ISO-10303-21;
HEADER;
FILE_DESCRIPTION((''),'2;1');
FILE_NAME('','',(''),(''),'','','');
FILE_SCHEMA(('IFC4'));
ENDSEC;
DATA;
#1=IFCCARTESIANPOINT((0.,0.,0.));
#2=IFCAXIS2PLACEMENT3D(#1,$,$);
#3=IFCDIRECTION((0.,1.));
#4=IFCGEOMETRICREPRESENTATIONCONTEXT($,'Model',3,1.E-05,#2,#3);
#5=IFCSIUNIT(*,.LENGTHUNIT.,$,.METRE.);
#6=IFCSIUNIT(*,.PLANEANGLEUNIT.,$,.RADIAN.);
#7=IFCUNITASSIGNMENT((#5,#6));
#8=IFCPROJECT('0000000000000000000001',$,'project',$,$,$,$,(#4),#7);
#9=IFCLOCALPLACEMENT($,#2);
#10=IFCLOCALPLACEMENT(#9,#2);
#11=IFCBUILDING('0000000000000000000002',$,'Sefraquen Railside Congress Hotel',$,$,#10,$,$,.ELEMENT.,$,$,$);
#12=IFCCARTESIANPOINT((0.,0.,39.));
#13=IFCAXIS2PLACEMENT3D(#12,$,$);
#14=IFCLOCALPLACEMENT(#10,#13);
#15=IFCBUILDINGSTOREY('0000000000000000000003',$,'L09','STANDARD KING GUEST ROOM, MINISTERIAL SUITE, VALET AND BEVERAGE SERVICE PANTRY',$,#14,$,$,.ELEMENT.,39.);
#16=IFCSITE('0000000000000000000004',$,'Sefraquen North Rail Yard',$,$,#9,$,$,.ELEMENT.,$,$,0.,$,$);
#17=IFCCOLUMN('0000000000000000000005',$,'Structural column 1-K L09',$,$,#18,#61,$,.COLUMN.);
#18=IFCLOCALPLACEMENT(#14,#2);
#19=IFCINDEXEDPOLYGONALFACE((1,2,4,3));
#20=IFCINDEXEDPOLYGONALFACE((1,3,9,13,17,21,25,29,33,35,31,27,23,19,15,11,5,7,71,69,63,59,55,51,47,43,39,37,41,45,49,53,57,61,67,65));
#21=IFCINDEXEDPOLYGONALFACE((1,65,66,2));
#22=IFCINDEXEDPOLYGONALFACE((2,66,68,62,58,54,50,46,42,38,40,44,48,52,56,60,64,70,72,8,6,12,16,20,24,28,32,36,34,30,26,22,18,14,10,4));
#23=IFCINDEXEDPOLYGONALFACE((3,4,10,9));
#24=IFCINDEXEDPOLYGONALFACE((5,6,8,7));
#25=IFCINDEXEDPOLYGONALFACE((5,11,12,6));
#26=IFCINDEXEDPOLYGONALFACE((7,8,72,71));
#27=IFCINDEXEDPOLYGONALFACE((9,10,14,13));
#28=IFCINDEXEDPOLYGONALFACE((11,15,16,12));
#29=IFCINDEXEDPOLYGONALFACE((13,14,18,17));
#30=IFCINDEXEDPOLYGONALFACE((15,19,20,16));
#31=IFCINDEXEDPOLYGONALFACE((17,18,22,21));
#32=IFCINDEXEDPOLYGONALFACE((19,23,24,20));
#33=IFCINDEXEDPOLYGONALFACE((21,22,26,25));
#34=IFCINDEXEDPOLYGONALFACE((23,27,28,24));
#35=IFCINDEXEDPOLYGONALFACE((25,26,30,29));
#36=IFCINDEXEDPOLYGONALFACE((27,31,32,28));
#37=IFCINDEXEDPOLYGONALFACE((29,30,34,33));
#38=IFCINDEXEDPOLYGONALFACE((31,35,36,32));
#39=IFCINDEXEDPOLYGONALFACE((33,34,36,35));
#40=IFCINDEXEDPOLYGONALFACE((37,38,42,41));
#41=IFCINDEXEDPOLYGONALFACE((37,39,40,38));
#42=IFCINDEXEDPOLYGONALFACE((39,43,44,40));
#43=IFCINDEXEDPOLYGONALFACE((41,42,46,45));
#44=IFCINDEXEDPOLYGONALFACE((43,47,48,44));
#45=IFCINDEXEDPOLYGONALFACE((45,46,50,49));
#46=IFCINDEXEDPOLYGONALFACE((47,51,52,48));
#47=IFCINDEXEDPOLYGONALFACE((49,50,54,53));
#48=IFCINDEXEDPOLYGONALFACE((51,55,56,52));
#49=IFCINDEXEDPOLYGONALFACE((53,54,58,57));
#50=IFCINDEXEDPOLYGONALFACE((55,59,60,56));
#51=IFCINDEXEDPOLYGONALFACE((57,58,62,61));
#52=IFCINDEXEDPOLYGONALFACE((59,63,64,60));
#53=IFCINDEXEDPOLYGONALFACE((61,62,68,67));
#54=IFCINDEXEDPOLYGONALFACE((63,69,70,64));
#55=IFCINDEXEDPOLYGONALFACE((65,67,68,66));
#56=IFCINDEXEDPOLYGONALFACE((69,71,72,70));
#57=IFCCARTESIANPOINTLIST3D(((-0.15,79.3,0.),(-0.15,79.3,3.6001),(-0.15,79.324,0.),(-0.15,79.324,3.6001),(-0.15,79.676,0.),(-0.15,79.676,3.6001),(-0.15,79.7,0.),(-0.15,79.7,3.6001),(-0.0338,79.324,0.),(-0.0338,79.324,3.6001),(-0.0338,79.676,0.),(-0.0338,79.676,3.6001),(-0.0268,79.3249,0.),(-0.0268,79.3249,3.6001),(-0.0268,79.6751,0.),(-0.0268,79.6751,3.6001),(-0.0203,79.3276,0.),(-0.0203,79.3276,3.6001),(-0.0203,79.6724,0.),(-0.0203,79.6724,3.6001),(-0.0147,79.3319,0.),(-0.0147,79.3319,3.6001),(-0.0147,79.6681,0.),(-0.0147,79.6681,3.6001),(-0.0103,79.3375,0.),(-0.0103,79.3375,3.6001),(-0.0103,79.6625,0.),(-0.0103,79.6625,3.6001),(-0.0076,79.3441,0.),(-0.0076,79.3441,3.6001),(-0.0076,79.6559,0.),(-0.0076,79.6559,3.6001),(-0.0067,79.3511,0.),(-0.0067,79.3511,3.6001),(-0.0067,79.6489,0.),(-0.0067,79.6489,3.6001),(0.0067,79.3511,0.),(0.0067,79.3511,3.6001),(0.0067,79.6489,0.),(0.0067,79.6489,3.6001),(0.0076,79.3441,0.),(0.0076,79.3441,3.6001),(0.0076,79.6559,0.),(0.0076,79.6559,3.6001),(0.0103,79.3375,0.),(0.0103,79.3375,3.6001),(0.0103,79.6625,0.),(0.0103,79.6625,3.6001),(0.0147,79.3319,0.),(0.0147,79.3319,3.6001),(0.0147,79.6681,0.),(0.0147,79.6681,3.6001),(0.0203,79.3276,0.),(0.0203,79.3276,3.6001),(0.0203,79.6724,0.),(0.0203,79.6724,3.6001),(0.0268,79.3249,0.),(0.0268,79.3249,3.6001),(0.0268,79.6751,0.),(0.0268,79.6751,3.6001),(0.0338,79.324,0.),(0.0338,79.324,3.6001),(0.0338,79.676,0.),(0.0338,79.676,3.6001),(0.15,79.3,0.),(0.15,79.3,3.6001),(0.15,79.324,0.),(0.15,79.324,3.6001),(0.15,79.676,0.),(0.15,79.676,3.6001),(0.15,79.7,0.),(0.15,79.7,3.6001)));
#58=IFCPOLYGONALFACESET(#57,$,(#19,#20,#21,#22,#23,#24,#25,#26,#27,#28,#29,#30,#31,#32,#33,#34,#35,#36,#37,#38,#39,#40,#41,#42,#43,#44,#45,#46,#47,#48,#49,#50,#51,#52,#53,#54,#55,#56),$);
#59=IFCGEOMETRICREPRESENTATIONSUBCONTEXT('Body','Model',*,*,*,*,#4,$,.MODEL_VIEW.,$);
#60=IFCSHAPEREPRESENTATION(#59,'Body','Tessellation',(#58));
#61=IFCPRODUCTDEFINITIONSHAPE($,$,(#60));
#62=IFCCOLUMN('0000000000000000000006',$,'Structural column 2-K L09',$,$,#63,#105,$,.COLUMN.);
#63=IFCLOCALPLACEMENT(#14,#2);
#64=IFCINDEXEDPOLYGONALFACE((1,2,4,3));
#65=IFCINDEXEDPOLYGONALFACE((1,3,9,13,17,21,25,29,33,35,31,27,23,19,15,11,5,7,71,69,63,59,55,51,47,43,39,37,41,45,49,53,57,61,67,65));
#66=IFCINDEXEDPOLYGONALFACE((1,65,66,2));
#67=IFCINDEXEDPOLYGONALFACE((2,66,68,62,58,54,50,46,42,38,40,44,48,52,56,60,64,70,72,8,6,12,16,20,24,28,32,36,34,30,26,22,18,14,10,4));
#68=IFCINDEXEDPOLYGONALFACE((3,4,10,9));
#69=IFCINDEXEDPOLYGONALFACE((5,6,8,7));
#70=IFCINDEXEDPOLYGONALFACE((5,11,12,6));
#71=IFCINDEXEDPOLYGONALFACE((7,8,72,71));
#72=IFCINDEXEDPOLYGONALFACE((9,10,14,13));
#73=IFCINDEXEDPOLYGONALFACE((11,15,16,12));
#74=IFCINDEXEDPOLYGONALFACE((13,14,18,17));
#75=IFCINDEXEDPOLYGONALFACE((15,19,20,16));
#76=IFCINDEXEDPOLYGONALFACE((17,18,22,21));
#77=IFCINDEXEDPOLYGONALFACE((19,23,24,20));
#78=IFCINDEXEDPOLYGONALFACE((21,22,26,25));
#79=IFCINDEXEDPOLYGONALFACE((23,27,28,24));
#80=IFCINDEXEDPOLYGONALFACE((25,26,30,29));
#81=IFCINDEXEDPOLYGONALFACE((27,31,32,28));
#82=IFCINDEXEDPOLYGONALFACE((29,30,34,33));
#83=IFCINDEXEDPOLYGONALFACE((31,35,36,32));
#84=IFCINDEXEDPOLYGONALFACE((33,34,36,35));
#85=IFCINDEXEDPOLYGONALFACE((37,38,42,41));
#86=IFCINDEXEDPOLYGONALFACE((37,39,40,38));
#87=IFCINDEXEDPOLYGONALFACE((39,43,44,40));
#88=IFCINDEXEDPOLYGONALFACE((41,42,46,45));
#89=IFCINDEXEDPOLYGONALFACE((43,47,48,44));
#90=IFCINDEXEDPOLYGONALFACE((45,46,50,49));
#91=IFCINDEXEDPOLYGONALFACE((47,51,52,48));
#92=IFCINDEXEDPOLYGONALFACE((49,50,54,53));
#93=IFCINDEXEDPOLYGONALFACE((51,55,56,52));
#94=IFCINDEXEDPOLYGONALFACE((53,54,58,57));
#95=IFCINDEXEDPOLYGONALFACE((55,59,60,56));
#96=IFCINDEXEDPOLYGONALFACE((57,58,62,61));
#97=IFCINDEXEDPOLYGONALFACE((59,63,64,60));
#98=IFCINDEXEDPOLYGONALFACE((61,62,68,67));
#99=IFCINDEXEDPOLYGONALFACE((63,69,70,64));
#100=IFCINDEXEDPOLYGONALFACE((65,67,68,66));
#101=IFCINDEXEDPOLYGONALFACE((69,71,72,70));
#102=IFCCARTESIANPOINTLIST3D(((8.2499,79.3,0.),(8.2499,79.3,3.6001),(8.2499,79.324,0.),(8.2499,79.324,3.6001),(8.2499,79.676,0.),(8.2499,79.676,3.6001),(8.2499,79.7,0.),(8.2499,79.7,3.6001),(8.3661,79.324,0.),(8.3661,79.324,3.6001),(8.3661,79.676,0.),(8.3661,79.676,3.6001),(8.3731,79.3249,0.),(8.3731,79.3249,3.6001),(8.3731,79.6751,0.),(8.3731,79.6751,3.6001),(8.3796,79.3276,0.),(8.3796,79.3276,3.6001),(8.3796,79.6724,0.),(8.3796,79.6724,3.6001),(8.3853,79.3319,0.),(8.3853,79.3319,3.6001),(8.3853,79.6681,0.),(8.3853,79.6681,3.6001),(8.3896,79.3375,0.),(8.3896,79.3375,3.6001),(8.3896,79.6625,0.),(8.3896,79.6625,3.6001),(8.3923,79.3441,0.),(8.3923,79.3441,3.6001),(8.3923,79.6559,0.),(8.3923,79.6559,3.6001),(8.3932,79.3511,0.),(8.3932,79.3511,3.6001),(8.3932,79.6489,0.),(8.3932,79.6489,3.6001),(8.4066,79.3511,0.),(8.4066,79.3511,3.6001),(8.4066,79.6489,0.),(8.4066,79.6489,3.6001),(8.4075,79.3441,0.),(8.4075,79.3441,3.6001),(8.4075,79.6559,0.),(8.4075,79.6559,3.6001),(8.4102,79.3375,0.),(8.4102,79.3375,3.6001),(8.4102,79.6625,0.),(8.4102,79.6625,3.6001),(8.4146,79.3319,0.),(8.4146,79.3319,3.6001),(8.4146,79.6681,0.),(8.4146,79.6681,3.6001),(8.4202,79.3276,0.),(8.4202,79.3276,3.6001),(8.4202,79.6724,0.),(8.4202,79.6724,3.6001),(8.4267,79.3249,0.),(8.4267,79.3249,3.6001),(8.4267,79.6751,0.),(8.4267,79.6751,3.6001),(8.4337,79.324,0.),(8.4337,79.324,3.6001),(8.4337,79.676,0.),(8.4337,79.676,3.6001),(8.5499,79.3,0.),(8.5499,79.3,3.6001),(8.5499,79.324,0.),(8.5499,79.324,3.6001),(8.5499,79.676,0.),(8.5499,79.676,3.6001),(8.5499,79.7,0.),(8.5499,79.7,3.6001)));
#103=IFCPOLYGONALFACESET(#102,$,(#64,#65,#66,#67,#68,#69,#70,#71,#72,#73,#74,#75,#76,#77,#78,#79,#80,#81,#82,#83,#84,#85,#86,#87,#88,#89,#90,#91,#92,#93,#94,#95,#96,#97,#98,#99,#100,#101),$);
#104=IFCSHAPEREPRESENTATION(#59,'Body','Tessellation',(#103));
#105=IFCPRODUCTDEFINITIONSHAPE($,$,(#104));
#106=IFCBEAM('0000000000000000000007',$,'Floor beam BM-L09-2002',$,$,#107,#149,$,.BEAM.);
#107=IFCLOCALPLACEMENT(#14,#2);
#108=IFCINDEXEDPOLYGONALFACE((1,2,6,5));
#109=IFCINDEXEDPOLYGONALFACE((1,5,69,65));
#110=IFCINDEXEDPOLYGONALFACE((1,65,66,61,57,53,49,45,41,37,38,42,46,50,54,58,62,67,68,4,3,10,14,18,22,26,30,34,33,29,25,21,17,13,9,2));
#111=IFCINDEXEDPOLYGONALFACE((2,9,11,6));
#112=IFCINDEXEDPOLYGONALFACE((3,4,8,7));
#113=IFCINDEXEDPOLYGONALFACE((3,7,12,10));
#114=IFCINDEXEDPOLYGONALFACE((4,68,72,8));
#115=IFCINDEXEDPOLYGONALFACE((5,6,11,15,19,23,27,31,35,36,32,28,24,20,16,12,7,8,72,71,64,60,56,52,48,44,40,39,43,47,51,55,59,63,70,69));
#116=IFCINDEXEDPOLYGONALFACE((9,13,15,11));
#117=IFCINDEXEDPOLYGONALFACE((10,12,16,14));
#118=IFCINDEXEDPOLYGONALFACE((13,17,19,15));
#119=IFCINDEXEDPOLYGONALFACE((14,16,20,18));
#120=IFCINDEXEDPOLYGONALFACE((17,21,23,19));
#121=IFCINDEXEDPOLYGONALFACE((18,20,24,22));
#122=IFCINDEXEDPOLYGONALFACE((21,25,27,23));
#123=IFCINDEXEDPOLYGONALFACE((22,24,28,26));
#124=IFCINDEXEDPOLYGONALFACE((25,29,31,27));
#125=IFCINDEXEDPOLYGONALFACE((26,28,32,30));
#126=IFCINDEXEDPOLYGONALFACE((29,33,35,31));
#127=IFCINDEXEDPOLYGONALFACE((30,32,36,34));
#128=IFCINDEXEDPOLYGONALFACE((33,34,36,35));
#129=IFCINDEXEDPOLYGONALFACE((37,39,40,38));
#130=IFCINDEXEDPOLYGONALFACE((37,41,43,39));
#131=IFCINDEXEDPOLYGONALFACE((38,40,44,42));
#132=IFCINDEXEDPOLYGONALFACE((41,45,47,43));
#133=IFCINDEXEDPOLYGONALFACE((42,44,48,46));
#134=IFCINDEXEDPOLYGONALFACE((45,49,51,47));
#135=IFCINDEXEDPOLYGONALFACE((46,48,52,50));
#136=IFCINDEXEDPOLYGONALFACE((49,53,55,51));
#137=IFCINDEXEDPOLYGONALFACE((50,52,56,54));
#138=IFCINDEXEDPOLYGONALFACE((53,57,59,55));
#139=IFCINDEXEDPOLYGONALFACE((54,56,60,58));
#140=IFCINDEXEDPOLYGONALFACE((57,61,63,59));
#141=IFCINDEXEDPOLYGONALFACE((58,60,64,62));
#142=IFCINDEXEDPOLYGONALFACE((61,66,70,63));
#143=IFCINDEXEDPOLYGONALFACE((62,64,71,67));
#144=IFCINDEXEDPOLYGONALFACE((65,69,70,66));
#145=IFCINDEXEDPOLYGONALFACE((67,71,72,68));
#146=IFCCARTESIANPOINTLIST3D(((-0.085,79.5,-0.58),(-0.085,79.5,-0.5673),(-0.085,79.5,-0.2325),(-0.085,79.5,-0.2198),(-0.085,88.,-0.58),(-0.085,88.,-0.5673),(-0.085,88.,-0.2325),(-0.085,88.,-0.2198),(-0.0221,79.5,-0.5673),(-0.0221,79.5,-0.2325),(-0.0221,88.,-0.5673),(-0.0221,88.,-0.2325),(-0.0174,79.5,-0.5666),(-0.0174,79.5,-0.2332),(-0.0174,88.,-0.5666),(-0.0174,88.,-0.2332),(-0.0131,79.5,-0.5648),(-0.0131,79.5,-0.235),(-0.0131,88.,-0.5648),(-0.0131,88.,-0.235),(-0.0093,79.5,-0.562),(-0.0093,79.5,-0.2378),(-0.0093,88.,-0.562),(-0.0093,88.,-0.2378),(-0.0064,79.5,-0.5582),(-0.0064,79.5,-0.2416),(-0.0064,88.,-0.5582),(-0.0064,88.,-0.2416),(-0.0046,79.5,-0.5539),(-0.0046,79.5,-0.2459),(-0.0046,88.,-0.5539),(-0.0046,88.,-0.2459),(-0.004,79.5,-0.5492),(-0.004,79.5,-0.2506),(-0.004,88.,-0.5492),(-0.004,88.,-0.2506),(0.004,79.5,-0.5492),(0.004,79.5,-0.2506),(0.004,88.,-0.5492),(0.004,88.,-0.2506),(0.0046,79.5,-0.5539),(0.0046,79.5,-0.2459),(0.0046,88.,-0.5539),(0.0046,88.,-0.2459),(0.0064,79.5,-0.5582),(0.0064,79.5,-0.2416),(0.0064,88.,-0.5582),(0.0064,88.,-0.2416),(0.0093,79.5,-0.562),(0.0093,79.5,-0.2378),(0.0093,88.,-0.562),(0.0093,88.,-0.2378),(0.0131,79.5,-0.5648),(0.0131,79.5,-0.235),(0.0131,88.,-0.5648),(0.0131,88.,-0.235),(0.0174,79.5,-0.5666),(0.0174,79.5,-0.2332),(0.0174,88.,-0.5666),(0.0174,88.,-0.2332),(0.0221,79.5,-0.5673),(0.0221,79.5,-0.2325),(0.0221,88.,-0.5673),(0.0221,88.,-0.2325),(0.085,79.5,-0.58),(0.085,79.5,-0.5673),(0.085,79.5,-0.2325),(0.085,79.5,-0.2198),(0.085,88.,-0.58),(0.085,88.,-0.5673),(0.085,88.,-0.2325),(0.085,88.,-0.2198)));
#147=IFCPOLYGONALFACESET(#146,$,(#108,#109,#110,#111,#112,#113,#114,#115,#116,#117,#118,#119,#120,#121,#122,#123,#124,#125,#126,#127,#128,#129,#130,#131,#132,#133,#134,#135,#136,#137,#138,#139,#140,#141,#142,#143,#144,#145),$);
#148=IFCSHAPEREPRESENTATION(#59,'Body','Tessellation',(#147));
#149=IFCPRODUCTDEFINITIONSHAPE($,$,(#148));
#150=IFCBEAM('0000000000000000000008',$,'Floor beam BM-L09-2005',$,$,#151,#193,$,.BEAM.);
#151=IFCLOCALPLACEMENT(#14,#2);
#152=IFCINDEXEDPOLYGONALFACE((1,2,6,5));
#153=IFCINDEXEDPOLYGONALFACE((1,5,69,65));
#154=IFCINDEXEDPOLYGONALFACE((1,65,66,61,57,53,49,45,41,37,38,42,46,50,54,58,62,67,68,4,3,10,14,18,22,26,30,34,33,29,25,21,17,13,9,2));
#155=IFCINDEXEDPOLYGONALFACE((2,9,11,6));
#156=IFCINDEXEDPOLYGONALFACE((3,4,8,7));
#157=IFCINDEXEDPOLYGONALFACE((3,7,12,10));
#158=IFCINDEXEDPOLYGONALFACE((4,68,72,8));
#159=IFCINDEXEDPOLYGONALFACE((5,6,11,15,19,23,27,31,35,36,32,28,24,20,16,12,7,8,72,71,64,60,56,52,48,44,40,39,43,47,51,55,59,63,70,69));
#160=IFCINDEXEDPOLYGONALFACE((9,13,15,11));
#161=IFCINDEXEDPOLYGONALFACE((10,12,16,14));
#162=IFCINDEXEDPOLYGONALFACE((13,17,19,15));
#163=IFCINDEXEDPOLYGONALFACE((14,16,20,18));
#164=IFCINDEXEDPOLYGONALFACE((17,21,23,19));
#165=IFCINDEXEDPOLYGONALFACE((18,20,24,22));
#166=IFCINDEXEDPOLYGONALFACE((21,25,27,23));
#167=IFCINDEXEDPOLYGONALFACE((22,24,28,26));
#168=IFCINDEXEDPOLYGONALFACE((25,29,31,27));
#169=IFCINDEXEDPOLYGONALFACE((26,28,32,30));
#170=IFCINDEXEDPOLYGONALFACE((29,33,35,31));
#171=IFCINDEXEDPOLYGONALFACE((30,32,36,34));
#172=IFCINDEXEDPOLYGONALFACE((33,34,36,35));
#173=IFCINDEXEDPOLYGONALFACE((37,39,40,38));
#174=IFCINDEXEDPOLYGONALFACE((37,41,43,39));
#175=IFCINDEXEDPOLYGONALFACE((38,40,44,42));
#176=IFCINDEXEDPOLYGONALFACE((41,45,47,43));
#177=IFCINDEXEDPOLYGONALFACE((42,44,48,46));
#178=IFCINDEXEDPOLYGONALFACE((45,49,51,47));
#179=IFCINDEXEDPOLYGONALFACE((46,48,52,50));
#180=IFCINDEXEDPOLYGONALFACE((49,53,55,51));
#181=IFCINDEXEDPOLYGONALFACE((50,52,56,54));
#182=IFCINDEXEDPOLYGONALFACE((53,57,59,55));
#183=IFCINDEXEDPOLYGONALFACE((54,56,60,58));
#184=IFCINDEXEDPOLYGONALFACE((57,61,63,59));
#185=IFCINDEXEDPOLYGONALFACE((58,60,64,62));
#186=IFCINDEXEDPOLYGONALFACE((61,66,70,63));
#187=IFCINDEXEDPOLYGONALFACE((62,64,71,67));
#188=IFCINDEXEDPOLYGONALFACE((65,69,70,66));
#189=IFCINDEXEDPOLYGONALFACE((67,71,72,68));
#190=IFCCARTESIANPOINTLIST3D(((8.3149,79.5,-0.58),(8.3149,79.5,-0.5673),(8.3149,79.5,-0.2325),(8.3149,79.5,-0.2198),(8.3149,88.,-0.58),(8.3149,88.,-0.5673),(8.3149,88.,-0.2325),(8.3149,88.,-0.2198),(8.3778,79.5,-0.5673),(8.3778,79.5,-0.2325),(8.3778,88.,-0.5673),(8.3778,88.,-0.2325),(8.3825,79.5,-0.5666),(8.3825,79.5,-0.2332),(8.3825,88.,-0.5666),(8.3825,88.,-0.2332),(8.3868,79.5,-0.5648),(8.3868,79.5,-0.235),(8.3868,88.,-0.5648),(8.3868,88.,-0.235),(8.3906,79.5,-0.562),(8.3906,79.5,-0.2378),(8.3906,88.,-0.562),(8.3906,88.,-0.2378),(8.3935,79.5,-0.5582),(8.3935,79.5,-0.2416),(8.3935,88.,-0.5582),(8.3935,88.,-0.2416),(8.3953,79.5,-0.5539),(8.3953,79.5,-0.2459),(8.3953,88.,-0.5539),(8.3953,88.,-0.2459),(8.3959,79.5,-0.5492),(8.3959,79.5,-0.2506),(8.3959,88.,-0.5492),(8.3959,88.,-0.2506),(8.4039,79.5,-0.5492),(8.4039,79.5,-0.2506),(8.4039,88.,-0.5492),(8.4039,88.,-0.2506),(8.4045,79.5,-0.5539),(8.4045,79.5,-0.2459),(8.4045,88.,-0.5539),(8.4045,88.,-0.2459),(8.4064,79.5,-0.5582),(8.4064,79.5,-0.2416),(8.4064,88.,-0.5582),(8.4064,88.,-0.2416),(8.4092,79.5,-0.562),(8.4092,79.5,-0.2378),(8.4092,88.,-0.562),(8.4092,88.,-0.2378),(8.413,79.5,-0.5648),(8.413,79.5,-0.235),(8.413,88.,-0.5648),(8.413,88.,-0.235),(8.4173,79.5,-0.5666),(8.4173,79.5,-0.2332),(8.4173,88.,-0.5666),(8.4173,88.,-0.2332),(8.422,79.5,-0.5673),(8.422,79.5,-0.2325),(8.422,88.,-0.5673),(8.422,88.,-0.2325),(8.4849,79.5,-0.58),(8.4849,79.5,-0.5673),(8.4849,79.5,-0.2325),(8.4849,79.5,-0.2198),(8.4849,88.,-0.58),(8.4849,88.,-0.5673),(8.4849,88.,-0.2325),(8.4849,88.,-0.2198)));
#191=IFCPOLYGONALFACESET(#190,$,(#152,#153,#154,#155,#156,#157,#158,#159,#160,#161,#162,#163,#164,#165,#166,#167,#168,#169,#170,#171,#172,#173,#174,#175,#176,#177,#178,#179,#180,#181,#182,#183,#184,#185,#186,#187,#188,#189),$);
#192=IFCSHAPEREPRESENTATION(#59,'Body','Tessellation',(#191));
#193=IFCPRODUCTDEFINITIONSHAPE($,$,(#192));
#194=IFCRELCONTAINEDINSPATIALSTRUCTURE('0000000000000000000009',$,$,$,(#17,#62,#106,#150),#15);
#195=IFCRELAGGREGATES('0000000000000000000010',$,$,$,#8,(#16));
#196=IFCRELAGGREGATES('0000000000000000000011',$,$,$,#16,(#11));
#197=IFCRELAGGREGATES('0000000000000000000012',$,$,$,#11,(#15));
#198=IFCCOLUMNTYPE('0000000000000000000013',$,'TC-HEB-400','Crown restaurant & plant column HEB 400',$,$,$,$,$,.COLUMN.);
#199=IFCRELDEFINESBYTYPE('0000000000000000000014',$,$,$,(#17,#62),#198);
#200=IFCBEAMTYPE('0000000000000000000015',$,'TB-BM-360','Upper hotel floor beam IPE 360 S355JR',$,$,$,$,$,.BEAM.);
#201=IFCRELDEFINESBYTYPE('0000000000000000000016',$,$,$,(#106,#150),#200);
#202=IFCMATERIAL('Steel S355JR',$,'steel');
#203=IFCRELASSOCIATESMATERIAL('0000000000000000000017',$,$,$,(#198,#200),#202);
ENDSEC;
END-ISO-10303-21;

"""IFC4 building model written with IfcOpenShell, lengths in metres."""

from ifc_helpers import new_model, si_unit, direction, frame, origin, origin_2d, place, context, subcontext, project, spatial, i_section, extrude, material, material_profile, profile_set, type_object, element, save


model = new_model("IFC4")

# Units and contexts
model_context = context("Model", 3, precision=1e-05, world=origin(), true_north=direction((0.0, 1.0)))
body_context = subcontext(model_context, "Body", "Model", "MODEL_VIEW")
ifc_project = project(units=[si_unit("LENGTHUNIT", "METRE"), si_unit("PLANEANGLEUNIT", "RADIAN")], contexts=[model_context])

# Site, building, storey
site_placement = place(None, origin())
site = spatial("IfcSite", under=ifc_project, at=site_placement, Name="Sefraquen North Rail Yard", CompositionType="ELEMENT", RefElevation=0.0)
building_placement = place(site_placement, origin())
building = spatial("IfcBuilding", under=site, at=building_placement, Name="Sefraquen Railside Congress Hotel", CompositionType="ELEMENT")
storey_placement = place(building_placement, frame((0.0, 0.0, 39.0)))
storey = spatial("IfcBuildingStorey", under=building, at=storey_placement, Name="L09", Description="STANDARD KING GUEST ROOM, MINISTERIAL SUITE, VALET AND BEVERAGE SERVICE PANTRY", CompositionType="ELEMENT", Elevation=39.0)

# Columns
ifc_material_1 = material(Name="Steel S355JR", Category="steel")
ifc_material_profile_1 = material_profile(ifc_material_1, i_section(OverallWidth=0.3, OverallDepth=0.3999, WebThickness=0.0134, FlangeThickness=0.0239, FilletRadius=0.0271, at=origin_2d()), Name="HEB 400")
ifc_profile_set_1 = profile_set([ifc_material_profile_1], Name="Steel S355JR")
column_type = type_object("IfcColumnType", Name="TC-HEB-400", Description="Crown restaurant & plant column HEB 400", PredefinedType="COLUMN", material=ifc_profile_set_1)
for number, where, z_axis, x_axis, name in (
    (1, (0.0, 79.5, 0.0), (0.0, 0.0, 1.0), (1.0, 0.0, 0.0), "Structural column 1-K L09"),
    (2, (8.3999, 79.5, 0.0), (0.0, 0.0, 1.0), (1.0, 0.0, 0.0), "Structural column 2-K L09"),
):
    element("IfcColumn", number, at=place(storey_placement, frame(where, z_axis=z_axis, x_axis=x_axis)), inside=storey, type_object=column_type, Name=name, PredefinedType="COLUMN", context=body_context, shape_type="SweptSolid", body=[
        extrude(i_section(OverallWidth=0.3, OverallDepth=0.3999, WebThickness=0.0134, FlangeThickness=0.0239, FilletRadius=0.0271, at=origin_2d()), origin(), (0.0, 0.0, 1.0), 3.6001),
    ])

# Beams
ifc_material_profile_2 = material_profile(ifc_material_1, i_section(OverallWidth=0.1699, OverallDepth=0.3601, WebThickness=0.0081, FlangeThickness=0.0127, FilletRadius=0.0181, at=origin_2d()), Name="IPE 360")
ifc_profile_set_2 = profile_set([ifc_material_profile_2], Name="Steel S355JR")
beam_type_1 = type_object("IfcBeamType", Name="TB-BM-360", Description="Upper hotel floor beam IPE 360 S355JR", PredefinedType="BEAM", material=ifc_profile_set_2)
for number, where, z_axis, x_axis, name in (
    (3, (0.0, 79.5, -0.3999), (0.0, 1.0, 0.0), (-1.0, 0.0, 0.0), "Floor beam BM-L09-2002"),
    (4, (8.3999, 79.5, -0.3999), (0.0, 1.0, 0.0), (-1.0, 0.0, 0.0), "Floor beam BM-L09-2005"),
):
    element("IfcBeam", number, at=place(storey_placement, frame(where, z_axis=z_axis, x_axis=x_axis)), inside=storey, type_object=beam_type_1, Name=name, PredefinedType="BEAM", context=body_context, shape_type="SweptSolid", body=[
        extrude(i_section(OverallWidth=0.1699, OverallDepth=0.3601, WebThickness=0.0081, FlangeThickness=0.0127, FilletRadius=0.0181, at=origin_2d()), origin(), (0.0, 0.0, 1.0), 8.5),
    ])

save(model, "model.ifc")
